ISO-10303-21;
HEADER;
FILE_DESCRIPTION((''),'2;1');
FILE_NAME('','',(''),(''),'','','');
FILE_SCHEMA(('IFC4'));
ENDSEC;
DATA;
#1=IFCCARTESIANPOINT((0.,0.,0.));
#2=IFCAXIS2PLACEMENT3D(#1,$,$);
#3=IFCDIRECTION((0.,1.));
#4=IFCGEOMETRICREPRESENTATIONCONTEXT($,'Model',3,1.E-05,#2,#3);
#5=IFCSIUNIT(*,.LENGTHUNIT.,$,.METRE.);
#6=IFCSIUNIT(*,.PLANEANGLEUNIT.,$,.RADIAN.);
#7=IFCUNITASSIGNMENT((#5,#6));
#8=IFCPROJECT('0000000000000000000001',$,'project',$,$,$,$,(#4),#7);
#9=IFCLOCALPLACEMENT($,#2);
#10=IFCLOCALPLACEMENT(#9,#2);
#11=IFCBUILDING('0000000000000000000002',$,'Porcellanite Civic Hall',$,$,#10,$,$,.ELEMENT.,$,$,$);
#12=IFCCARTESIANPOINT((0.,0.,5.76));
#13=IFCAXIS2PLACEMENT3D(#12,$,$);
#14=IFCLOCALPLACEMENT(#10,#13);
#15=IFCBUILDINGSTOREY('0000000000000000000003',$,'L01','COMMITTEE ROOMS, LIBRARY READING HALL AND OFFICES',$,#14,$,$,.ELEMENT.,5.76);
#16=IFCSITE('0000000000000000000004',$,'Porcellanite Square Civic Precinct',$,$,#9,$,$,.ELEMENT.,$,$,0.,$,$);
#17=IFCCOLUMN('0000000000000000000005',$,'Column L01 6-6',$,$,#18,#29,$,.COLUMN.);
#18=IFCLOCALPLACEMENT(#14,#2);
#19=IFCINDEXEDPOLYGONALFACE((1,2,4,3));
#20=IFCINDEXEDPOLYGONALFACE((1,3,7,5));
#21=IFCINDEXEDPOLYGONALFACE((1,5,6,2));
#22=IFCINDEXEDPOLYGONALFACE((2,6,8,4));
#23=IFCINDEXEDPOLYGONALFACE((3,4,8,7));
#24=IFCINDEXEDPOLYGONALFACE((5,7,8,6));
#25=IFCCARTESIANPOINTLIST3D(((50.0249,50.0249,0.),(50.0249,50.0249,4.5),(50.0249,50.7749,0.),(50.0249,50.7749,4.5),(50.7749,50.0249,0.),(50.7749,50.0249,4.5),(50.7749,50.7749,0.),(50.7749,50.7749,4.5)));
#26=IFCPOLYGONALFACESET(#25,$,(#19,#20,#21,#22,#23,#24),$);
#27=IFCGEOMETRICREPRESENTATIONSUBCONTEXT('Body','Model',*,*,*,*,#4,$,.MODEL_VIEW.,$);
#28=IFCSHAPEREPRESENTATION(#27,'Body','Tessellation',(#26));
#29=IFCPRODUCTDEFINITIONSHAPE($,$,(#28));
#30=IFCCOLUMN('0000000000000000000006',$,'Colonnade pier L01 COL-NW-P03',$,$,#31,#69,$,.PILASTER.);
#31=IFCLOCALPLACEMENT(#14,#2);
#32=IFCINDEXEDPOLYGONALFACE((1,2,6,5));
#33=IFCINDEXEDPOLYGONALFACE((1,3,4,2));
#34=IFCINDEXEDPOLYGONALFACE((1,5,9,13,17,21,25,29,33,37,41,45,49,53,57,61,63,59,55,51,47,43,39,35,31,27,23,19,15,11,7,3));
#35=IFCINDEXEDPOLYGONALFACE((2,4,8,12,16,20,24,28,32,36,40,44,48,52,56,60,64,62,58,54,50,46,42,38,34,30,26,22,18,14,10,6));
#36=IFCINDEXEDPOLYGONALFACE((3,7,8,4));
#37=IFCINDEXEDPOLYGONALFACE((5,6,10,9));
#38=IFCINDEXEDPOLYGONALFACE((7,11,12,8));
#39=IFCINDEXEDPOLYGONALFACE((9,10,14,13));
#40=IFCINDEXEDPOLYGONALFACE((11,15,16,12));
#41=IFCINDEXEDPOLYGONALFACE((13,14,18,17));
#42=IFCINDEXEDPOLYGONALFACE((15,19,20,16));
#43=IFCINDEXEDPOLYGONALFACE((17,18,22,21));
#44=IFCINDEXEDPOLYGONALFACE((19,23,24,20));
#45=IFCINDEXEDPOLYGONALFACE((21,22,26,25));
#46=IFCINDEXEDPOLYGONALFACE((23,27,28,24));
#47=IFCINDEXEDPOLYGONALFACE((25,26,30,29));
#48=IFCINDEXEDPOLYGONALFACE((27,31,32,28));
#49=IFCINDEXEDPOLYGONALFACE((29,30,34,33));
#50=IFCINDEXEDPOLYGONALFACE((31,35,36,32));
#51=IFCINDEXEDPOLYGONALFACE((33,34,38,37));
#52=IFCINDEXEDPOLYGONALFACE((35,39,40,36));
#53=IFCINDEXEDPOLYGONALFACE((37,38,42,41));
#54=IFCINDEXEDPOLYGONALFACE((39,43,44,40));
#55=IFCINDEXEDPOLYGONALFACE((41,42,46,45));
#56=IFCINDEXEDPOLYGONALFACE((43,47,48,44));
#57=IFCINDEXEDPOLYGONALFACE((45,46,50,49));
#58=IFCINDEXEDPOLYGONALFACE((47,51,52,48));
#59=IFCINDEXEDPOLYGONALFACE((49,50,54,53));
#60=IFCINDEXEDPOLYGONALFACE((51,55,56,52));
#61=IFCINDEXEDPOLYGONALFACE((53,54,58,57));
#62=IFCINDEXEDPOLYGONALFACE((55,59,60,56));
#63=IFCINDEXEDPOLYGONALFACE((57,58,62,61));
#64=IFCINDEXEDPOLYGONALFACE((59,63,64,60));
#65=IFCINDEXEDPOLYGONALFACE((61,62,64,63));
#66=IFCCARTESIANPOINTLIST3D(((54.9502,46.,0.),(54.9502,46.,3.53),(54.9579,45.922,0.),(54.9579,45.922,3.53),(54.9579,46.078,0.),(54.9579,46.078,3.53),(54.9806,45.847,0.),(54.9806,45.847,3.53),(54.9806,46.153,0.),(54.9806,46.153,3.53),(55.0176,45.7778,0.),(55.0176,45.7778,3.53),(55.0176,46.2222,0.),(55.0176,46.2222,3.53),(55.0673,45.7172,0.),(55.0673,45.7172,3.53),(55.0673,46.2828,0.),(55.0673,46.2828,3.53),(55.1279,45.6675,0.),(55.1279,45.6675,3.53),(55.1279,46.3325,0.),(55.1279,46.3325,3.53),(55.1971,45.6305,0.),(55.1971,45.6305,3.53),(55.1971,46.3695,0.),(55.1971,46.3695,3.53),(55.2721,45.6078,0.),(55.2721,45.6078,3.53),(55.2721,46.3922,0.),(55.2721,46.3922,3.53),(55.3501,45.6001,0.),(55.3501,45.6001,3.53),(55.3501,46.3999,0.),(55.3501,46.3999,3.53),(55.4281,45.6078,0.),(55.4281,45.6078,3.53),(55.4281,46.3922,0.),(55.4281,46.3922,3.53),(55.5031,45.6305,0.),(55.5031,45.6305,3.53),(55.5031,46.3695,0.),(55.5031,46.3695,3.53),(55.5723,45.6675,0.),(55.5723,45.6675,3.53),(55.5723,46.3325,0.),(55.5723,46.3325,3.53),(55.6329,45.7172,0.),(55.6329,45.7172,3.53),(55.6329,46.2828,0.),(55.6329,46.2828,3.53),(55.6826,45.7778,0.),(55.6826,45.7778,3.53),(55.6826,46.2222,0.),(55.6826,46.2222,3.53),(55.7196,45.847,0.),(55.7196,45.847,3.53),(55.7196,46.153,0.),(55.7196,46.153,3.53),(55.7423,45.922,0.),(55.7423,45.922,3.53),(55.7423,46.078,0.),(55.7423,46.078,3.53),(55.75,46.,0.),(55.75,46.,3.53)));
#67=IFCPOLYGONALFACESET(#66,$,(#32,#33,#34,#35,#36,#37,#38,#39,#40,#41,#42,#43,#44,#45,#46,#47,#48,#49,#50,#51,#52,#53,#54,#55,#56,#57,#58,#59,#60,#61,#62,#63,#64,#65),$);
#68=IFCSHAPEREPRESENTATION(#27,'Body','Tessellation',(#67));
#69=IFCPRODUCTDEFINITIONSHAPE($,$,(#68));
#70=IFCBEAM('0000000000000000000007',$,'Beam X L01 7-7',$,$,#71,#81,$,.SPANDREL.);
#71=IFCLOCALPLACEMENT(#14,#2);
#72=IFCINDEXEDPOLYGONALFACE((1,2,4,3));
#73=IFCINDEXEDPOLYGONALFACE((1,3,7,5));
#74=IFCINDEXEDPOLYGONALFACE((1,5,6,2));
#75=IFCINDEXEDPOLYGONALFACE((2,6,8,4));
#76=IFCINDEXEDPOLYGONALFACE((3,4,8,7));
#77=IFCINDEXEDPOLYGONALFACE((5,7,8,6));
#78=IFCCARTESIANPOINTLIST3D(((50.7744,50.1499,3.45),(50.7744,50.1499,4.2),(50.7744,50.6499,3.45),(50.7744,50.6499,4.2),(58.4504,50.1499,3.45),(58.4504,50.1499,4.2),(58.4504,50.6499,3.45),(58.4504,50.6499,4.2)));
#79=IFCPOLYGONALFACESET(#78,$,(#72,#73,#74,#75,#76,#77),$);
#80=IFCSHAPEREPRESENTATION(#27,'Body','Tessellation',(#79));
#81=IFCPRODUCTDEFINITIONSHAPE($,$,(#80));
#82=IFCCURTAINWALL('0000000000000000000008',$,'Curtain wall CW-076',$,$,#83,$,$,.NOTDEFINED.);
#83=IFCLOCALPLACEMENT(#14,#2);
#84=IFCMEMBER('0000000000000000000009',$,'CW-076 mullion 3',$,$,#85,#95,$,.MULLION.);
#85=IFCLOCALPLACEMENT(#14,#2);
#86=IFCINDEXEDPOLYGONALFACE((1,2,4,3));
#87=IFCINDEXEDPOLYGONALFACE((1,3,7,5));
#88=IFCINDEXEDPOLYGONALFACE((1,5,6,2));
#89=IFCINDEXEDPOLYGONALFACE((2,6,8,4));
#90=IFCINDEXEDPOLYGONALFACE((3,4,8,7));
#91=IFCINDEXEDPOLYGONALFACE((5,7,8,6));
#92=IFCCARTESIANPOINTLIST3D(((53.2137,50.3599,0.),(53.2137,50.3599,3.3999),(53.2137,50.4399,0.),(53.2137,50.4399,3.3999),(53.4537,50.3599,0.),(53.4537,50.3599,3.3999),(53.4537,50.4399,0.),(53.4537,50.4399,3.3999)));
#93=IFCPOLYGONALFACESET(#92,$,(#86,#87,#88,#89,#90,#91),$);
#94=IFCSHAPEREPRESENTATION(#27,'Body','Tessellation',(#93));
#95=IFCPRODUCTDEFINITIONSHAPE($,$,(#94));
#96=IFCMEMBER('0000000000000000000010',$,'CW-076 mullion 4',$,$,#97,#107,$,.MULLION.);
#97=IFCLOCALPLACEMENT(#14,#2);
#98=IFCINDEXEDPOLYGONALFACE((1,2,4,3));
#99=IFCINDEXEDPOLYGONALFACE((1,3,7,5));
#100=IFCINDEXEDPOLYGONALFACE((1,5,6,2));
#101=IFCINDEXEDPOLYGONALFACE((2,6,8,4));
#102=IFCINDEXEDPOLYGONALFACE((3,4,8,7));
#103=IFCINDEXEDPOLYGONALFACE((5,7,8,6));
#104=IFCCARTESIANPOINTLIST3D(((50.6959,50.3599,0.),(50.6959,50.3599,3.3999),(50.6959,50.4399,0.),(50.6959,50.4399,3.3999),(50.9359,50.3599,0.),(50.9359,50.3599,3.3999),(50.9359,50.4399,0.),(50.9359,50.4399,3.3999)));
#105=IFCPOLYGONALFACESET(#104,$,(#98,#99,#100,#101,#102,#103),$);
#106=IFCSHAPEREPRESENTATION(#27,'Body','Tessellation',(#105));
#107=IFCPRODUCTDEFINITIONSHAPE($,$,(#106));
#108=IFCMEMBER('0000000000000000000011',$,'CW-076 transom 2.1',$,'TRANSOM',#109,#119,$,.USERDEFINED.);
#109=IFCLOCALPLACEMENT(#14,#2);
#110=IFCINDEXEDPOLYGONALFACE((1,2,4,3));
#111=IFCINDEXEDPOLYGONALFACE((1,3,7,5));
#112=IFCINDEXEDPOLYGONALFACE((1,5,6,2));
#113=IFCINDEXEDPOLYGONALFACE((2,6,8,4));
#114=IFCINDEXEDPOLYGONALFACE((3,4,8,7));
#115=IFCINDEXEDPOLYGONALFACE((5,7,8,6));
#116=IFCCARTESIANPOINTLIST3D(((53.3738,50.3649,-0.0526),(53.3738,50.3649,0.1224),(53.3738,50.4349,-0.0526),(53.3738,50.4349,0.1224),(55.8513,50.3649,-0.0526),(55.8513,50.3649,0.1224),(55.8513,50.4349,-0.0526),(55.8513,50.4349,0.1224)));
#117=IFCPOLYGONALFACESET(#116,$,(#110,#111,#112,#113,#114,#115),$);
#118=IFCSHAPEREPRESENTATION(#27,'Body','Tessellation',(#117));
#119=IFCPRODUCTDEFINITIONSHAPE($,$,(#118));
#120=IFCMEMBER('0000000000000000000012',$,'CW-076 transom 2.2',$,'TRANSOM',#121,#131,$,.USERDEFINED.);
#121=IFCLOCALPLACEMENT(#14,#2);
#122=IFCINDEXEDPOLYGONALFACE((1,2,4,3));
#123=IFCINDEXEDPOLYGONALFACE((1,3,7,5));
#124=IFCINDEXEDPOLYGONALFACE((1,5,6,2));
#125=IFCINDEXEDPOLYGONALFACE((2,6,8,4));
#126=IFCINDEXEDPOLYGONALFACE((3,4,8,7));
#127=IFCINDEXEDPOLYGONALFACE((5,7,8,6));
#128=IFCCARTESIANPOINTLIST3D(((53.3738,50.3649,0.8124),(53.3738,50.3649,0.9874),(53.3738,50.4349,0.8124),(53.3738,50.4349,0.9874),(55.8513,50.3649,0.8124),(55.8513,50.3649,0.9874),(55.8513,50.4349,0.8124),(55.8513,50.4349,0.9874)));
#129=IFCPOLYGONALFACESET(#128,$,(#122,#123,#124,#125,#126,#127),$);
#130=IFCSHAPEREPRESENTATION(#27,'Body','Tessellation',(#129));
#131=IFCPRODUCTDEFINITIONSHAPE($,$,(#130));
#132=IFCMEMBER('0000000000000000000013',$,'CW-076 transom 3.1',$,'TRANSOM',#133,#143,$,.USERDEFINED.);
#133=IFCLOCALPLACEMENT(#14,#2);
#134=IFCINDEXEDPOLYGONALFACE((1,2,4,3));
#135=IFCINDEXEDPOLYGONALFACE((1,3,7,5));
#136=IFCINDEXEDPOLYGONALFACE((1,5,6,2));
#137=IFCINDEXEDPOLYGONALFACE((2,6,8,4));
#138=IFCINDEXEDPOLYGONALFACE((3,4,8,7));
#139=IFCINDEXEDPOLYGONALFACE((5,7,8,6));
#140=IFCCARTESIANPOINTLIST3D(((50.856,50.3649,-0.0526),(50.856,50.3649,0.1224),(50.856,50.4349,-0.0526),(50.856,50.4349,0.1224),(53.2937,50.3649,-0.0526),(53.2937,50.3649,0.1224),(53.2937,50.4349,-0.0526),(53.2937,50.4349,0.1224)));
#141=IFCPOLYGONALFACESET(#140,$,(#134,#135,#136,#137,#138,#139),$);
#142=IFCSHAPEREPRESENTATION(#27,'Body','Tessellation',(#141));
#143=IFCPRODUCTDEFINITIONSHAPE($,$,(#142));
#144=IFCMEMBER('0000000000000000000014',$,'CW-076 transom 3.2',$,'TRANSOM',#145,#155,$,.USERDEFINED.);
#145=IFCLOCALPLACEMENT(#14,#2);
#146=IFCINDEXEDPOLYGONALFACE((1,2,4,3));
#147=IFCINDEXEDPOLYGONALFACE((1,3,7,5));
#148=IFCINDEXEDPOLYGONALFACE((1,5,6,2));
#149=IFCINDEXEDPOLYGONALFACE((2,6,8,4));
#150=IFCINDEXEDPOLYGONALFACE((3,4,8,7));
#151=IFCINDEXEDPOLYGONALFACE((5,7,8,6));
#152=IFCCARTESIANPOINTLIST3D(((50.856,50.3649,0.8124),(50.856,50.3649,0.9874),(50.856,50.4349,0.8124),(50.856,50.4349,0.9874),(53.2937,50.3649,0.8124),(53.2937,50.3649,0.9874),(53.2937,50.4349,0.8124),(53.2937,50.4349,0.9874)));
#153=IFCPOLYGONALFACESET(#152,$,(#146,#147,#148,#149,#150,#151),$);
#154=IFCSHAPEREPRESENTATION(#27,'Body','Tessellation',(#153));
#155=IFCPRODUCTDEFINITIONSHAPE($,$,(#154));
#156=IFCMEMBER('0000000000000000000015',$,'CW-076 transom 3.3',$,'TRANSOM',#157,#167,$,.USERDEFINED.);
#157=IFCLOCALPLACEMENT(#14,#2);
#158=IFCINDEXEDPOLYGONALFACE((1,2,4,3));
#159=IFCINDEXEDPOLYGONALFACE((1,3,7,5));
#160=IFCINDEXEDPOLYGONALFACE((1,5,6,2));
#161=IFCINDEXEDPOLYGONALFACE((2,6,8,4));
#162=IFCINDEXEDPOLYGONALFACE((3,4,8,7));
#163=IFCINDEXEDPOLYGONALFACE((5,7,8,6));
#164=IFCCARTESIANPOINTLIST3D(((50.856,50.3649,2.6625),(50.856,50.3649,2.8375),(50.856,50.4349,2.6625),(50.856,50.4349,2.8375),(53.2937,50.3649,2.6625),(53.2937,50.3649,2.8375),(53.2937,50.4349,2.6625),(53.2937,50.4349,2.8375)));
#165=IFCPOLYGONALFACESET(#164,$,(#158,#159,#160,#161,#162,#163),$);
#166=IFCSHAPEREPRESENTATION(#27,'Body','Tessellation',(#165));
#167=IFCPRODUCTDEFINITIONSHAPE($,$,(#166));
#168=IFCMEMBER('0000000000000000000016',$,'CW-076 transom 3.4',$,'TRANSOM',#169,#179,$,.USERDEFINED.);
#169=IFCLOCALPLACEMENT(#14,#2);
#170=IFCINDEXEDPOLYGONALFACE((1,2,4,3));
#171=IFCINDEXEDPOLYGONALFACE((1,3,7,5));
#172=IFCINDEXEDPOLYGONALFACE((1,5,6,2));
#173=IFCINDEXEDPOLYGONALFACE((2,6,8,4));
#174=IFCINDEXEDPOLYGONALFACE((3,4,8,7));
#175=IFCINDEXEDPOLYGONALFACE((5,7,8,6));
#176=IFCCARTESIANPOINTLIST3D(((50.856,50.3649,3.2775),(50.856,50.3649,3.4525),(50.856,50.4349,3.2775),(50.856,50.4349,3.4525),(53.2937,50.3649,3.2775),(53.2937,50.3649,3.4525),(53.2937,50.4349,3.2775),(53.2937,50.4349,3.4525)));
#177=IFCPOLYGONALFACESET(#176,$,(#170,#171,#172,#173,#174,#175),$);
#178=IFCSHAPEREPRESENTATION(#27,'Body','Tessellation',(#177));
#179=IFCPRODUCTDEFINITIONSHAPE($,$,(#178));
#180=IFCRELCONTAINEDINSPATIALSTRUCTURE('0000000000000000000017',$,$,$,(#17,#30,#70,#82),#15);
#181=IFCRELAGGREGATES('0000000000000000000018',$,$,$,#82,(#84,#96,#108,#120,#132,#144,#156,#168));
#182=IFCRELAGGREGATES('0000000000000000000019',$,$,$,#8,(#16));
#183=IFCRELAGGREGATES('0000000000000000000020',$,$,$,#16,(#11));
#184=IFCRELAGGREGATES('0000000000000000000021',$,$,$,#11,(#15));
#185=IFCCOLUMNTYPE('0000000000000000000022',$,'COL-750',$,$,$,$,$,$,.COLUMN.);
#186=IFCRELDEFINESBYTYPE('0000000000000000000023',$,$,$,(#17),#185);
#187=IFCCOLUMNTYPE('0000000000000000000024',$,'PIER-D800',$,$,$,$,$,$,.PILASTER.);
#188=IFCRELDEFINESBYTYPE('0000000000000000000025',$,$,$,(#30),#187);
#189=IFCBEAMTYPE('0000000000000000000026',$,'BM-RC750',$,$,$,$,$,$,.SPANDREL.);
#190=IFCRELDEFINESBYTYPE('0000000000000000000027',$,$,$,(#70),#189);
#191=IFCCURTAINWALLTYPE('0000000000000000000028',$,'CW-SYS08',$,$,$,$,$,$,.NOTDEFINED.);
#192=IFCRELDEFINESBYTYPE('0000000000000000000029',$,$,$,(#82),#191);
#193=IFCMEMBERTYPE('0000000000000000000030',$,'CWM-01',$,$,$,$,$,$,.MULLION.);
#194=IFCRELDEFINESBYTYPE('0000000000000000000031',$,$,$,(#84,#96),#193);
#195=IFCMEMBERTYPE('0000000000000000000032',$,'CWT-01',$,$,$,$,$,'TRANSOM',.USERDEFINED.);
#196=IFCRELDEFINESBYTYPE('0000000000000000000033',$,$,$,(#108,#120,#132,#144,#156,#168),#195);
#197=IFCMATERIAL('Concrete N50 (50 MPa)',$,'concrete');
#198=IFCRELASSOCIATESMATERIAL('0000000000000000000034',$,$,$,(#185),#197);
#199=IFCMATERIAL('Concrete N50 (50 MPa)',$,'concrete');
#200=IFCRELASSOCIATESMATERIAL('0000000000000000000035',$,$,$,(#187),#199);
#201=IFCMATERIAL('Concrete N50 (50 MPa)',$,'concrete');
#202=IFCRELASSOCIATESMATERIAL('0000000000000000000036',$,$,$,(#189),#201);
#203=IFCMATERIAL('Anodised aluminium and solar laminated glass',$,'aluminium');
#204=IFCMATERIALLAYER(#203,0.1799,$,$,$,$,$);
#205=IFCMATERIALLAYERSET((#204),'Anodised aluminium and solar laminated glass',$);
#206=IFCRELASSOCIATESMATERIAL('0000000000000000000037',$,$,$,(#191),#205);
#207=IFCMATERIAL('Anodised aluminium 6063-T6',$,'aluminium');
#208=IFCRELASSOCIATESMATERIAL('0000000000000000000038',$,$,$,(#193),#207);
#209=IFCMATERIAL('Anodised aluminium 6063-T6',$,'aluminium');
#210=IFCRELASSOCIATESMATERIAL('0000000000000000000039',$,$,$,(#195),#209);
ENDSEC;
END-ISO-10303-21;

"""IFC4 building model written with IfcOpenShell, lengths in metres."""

from ifc_helpers import new_model, si_unit, direction, frame, origin, origin_2d, place, context, subcontext, project, spatial, rectangle, circle, extrude, material, layer, layer_set, material_profile, profile_set, type_object, element, aggregate, save


model = new_model("IFC4")

# Units and contexts
model_context = context("Model", 3, precision=1e-05, world=origin(), true_north=direction((0.0, 1.0)))
body_context = subcontext(model_context, "Body", "Model", "MODEL_VIEW")
ifc_project = project(units=[si_unit("LENGTHUNIT", "METRE"), si_unit("PLANEANGLEUNIT", "RADIAN")], contexts=[model_context])

# Site, building, storey
site_placement = place(None, origin())
site = spatial("IfcSite", under=ifc_project, at=site_placement, Name="Porcellanite Square Civic Precinct", CompositionType="ELEMENT", RefElevation=0.0)
building_placement = place(site_placement, origin())
building = spatial("IfcBuilding", under=site, at=building_placement, Name="Porcellanite Civic Hall", CompositionType="ELEMENT")
storey_placement = place(building_placement, frame((0.0, 0.0, 5.76)))
storey = spatial("IfcBuildingStorey", under=building, at=storey_placement, Name="L01", Description="COMMITTEE ROOMS, LIBRARY READING HALL AND OFFICES", CompositionType="ELEMENT", Elevation=5.76)

# Columns
ifc_material_1 = material(Name="Concrete N50 (50 MPa)", Category="concrete")
ifc_material_profile_1 = material_profile(ifc_material_1, rectangle(XDim=0.75, YDim=0.75, at=origin_2d()), Name="RC-750x750")
ifc_profile_set_1 = profile_set([ifc_material_profile_1], Name="Concrete N50 (50 MPa)")
column_type_1 = type_object("IfcColumnType", Name="COL-750", PredefinedType="COLUMN", material=ifc_profile_set_1)
column_1_placement = place(storey_placement, frame((50.3999, 50.3999, 0.0), z_axis=(0.0, 0.0, 1.0), x_axis=(1.0, 0.0, 0.0)))
element("IfcColumn", 1, at=column_1_placement, inside=storey, type_object=column_type_1, Name="Column L01 6-6", PredefinedType="COLUMN", context=body_context, shape_type="SweptSolid", body=[
    extrude(rectangle(XDim=0.75, YDim=0.75, at=origin_2d()), origin(), (0.0, 0.0, 1.0), 4.5),
])
ifc_material_2 = material(Name="Concrete N50 (50 MPa)", Category="concrete")
ifc_material_profile_2 = material_profile(ifc_material_2, circle(Radius=0.3999, at=origin_2d()), Name="RC-D800")
ifc_profile_set_2 = profile_set([ifc_material_profile_2], Name="Concrete N50 (50 MPa)")
column_type_2 = type_object("IfcColumnType", Name="PIER-D800", PredefinedType="PILASTER", material=ifc_profile_set_2)
column_2_placement = place(storey_placement, frame((55.3501, 46.0, 0.0), z_axis=(0.0, 0.0, 1.0), x_axis=(1.0, 0.0, 0.0)))
element("IfcColumn", 2, at=column_2_placement, inside=storey, type_object=column_type_2, Name="Colonnade pier L01 COL-NW-P03", PredefinedType="PILASTER", context=body_context, shape_type="SweptSolid", body=[
    extrude(circle(Radius=0.3999, at=origin_2d()), origin(), (0.0, 0.0, 1.0), 3.53),
])

# Beam
ifc_material_3 = material(Name="Concrete N50 (50 MPa)", Category="concrete")
ifc_material_profile_3 = material_profile(ifc_material_3, rectangle(XDim=0.5, YDim=0.75, at=origin_2d()), Name="RC-500x750")
ifc_profile_set_3 = profile_set([ifc_material_profile_3], Name="Concrete N50 (50 MPa)")
beam_type = type_object("IfcBeamType", Name="BM-RC750", PredefinedType="SPANDREL", material=ifc_profile_set_3)
beam_placement = place(storey_placement, frame((50.7744, 50.3999, 3.825), z_axis=(1.0, 0.0, 0.0), x_axis=(0.0, 1.0, 0.0)))
element("IfcBeam", 3, at=beam_placement, inside=storey, type_object=beam_type, Name="Beam X L01 7-7", PredefinedType="SPANDREL", context=body_context, shape_type="SweptSolid", body=[
    extrude(rectangle(XDim=0.5, YDim=0.75, at=origin_2d()), origin(), (0.0, 0.0, 1.0), 7.676),
])

# Curtain wall, members
ifc_material_4 = material(Name="Anodised aluminium and solar laminated glass", Category="aluminium")
ifc_layer_1 = layer(ifc_material_4, 0.1799)
ifc_layer_set_1 = layer_set([ifc_layer_1], Name="Anodised aluminium and solar laminated glass")
curtain_wall_type = type_object("IfcCurtainWallType", Name="CW-SYS08", PredefinedType="NOTDEFINED", material=ifc_layer_set_1)
curtain_wall_placement = place(storey_placement, origin())
curtain_wall = element("IfcCurtainWall", 4, at=curtain_wall_placement, inside=storey, type_object=curtain_wall_type, Name="Curtain wall CW-076", PredefinedType="NOTDEFINED")
ifc_material_5 = material(Name="Anodised aluminium 6063-T6", Category="aluminium")
ifc_material_profile_4 = material_profile(ifc_material_5, rectangle(XDim=0.0801, YDim=0.24, at=origin_2d()), Name="AL-80x240")
ifc_profile_set_4 = profile_set([ifc_material_profile_4], Name="Anodised aluminium 6063-T6")
member_type_1 = type_object("IfcMemberType", Name="CWM-01", PredefinedType="MULLION", material=ifc_profile_set_4)
member_1_placement = place(storey_placement, frame((53.3337, 50.3999, 0.0), z_axis=(0.0, 0.0, 1.0), x_axis=(0.0, -1.0, 0.0)))
member_1 = element("IfcMember", 5, at=member_1_placement, type_object=member_type_1, Name="CW-076 mullion 3", PredefinedType="MULLION", context=body_context, shape_type="SweptSolid", body=[
    extrude(rectangle(XDim=0.0801, YDim=0.24, at=origin_2d()), origin(), (0.0, 0.0, 1.0), 3.3999),
])
member_2_placement = place(storey_placement, frame((50.8159, 50.3999, 0.0), z_axis=(0.0, 0.0, 1.0), x_axis=(0.0, -1.0, 0.0)))
member_2 = element("IfcMember", 6, at=member_2_placement, type_object=member_type_1, Name="CW-076 mullion 4", PredefinedType="MULLION", context=body_context, shape_type="SweptSolid", body=[
    extrude(rectangle(XDim=0.0801, YDim=0.24, at=origin_2d()), origin(), (0.0, 0.0, 1.0), 3.3999),
])
ifc_material_6 = material(Name="Anodised aluminium 6063-T6", Category="aluminium")
ifc_material_profile_5 = material_profile(ifc_material_6, rectangle(XDim=0.0701, YDim=0.175, at=origin_2d()), Name="AL-70x175")
ifc_profile_set_5 = profile_set([ifc_material_profile_5], Name="Anodised aluminium 6063-T6")
member_type_2 = type_object("IfcMemberType", Name="CWT-01", ElementType="TRANSOM", PredefinedType="USERDEFINED", material=ifc_profile_set_5)
member_3_placement = place(storey_placement, frame((55.8513, 50.3999, 0.0349), z_axis=(-1.0, 0.0, 0.0), x_axis=(0.0, -1.0, 0.0)))
member_3 = element("IfcMember", 7, at=member_3_placement, type_object=member_type_2, Name="CW-076 transom 2.1", ObjectType="TRANSOM", PredefinedType="USERDEFINED", context=body_context, shape_type="SweptSolid", body=[
    extrude(rectangle(XDim=0.0701, YDim=0.175, at=origin_2d()), origin(), (0.0, 0.0, 1.0), 2.4775),
])
member_4_placement = place(storey_placement, frame((55.8513, 50.3999, 0.8999), z_axis=(-1.0, 0.0, 0.0), x_axis=(0.0, -1.0, 0.0)))
member_4 = element("IfcMember", 8, at=member_4_placement, type_object=member_type_2, Name="CW-076 transom 2.2", ObjectType="TRANSOM", PredefinedType="USERDEFINED", context=body_context, shape_type="SweptSolid", body=[
    extrude(rectangle(XDim=0.0701, YDim=0.175, at=origin_2d()), origin(), (0.0, 0.0, 1.0), 2.4775),
])
member_5_placement = place(storey_placement, frame((53.2937, 50.3999, 0.0349), z_axis=(-1.0, 0.0, 0.0), x_axis=(0.0, -1.0, 0.0)))
member_5 = element("IfcMember", 9, at=member_5_placement, type_object=member_type_2, Name="CW-076 transom 3.1", ObjectType="TRANSOM", PredefinedType="USERDEFINED", context=body_context, shape_type="SweptSolid", body=[
    extrude(rectangle(XDim=0.0701, YDim=0.175, at=origin_2d()), origin(), (0.0, 0.0, 1.0), 2.4377),
])
member_6_placement = place(storey_placement, frame((53.2937, 50.3999, 0.8999), z_axis=(-1.0, 0.0, 0.0), x_axis=(0.0, -1.0, 0.0)))
member_6 = element("IfcMember", 10, at=member_6_placement, type_object=member_type_2, Name="CW-076 transom 3.2", ObjectType="TRANSOM", PredefinedType="USERDEFINED", context=body_context, shape_type="SweptSolid", body=[
    extrude(rectangle(XDim=0.0701, YDim=0.175, at=origin_2d()), origin(), (0.0, 0.0, 1.0), 2.4377),
])
member_7_placement = place(storey_placement, frame((53.2937, 50.3999, 2.75), z_axis=(-1.0, 0.0, 0.0), x_axis=(0.0, -1.0, 0.0)))
member_7 = element("IfcMember", 11, at=member_7_placement, type_object=member_type_2, Name="CW-076 transom 3.3", ObjectType="TRANSOM", PredefinedType="USERDEFINED", context=body_context, shape_type="SweptSolid", body=[
    extrude(rectangle(XDim=0.0701, YDim=0.175, at=origin_2d()), origin(), (0.0, 0.0, 1.0), 2.4377),
])
member_8_placement = place(storey_placement, frame((53.2937, 50.3999, 3.365), z_axis=(-1.0, 0.0, 0.0), x_axis=(0.0, -1.0, 0.0)))
member_8 = element("IfcMember", 12, at=member_8_placement, type_object=member_type_2, Name="CW-076 transom 3.4", ObjectType="TRANSOM", PredefinedType="USERDEFINED", context=body_context, shape_type="SweptSolid", body=[
    extrude(rectangle(XDim=0.0701, YDim=0.175, at=origin_2d()), origin(), (0.0, 0.0, 1.0), 2.4377),
])
aggregate(curtain_wall, [member_1, member_2, member_3, member_4, member_5, member_6, member_7, member_8])

save(model, "model.ifc")
